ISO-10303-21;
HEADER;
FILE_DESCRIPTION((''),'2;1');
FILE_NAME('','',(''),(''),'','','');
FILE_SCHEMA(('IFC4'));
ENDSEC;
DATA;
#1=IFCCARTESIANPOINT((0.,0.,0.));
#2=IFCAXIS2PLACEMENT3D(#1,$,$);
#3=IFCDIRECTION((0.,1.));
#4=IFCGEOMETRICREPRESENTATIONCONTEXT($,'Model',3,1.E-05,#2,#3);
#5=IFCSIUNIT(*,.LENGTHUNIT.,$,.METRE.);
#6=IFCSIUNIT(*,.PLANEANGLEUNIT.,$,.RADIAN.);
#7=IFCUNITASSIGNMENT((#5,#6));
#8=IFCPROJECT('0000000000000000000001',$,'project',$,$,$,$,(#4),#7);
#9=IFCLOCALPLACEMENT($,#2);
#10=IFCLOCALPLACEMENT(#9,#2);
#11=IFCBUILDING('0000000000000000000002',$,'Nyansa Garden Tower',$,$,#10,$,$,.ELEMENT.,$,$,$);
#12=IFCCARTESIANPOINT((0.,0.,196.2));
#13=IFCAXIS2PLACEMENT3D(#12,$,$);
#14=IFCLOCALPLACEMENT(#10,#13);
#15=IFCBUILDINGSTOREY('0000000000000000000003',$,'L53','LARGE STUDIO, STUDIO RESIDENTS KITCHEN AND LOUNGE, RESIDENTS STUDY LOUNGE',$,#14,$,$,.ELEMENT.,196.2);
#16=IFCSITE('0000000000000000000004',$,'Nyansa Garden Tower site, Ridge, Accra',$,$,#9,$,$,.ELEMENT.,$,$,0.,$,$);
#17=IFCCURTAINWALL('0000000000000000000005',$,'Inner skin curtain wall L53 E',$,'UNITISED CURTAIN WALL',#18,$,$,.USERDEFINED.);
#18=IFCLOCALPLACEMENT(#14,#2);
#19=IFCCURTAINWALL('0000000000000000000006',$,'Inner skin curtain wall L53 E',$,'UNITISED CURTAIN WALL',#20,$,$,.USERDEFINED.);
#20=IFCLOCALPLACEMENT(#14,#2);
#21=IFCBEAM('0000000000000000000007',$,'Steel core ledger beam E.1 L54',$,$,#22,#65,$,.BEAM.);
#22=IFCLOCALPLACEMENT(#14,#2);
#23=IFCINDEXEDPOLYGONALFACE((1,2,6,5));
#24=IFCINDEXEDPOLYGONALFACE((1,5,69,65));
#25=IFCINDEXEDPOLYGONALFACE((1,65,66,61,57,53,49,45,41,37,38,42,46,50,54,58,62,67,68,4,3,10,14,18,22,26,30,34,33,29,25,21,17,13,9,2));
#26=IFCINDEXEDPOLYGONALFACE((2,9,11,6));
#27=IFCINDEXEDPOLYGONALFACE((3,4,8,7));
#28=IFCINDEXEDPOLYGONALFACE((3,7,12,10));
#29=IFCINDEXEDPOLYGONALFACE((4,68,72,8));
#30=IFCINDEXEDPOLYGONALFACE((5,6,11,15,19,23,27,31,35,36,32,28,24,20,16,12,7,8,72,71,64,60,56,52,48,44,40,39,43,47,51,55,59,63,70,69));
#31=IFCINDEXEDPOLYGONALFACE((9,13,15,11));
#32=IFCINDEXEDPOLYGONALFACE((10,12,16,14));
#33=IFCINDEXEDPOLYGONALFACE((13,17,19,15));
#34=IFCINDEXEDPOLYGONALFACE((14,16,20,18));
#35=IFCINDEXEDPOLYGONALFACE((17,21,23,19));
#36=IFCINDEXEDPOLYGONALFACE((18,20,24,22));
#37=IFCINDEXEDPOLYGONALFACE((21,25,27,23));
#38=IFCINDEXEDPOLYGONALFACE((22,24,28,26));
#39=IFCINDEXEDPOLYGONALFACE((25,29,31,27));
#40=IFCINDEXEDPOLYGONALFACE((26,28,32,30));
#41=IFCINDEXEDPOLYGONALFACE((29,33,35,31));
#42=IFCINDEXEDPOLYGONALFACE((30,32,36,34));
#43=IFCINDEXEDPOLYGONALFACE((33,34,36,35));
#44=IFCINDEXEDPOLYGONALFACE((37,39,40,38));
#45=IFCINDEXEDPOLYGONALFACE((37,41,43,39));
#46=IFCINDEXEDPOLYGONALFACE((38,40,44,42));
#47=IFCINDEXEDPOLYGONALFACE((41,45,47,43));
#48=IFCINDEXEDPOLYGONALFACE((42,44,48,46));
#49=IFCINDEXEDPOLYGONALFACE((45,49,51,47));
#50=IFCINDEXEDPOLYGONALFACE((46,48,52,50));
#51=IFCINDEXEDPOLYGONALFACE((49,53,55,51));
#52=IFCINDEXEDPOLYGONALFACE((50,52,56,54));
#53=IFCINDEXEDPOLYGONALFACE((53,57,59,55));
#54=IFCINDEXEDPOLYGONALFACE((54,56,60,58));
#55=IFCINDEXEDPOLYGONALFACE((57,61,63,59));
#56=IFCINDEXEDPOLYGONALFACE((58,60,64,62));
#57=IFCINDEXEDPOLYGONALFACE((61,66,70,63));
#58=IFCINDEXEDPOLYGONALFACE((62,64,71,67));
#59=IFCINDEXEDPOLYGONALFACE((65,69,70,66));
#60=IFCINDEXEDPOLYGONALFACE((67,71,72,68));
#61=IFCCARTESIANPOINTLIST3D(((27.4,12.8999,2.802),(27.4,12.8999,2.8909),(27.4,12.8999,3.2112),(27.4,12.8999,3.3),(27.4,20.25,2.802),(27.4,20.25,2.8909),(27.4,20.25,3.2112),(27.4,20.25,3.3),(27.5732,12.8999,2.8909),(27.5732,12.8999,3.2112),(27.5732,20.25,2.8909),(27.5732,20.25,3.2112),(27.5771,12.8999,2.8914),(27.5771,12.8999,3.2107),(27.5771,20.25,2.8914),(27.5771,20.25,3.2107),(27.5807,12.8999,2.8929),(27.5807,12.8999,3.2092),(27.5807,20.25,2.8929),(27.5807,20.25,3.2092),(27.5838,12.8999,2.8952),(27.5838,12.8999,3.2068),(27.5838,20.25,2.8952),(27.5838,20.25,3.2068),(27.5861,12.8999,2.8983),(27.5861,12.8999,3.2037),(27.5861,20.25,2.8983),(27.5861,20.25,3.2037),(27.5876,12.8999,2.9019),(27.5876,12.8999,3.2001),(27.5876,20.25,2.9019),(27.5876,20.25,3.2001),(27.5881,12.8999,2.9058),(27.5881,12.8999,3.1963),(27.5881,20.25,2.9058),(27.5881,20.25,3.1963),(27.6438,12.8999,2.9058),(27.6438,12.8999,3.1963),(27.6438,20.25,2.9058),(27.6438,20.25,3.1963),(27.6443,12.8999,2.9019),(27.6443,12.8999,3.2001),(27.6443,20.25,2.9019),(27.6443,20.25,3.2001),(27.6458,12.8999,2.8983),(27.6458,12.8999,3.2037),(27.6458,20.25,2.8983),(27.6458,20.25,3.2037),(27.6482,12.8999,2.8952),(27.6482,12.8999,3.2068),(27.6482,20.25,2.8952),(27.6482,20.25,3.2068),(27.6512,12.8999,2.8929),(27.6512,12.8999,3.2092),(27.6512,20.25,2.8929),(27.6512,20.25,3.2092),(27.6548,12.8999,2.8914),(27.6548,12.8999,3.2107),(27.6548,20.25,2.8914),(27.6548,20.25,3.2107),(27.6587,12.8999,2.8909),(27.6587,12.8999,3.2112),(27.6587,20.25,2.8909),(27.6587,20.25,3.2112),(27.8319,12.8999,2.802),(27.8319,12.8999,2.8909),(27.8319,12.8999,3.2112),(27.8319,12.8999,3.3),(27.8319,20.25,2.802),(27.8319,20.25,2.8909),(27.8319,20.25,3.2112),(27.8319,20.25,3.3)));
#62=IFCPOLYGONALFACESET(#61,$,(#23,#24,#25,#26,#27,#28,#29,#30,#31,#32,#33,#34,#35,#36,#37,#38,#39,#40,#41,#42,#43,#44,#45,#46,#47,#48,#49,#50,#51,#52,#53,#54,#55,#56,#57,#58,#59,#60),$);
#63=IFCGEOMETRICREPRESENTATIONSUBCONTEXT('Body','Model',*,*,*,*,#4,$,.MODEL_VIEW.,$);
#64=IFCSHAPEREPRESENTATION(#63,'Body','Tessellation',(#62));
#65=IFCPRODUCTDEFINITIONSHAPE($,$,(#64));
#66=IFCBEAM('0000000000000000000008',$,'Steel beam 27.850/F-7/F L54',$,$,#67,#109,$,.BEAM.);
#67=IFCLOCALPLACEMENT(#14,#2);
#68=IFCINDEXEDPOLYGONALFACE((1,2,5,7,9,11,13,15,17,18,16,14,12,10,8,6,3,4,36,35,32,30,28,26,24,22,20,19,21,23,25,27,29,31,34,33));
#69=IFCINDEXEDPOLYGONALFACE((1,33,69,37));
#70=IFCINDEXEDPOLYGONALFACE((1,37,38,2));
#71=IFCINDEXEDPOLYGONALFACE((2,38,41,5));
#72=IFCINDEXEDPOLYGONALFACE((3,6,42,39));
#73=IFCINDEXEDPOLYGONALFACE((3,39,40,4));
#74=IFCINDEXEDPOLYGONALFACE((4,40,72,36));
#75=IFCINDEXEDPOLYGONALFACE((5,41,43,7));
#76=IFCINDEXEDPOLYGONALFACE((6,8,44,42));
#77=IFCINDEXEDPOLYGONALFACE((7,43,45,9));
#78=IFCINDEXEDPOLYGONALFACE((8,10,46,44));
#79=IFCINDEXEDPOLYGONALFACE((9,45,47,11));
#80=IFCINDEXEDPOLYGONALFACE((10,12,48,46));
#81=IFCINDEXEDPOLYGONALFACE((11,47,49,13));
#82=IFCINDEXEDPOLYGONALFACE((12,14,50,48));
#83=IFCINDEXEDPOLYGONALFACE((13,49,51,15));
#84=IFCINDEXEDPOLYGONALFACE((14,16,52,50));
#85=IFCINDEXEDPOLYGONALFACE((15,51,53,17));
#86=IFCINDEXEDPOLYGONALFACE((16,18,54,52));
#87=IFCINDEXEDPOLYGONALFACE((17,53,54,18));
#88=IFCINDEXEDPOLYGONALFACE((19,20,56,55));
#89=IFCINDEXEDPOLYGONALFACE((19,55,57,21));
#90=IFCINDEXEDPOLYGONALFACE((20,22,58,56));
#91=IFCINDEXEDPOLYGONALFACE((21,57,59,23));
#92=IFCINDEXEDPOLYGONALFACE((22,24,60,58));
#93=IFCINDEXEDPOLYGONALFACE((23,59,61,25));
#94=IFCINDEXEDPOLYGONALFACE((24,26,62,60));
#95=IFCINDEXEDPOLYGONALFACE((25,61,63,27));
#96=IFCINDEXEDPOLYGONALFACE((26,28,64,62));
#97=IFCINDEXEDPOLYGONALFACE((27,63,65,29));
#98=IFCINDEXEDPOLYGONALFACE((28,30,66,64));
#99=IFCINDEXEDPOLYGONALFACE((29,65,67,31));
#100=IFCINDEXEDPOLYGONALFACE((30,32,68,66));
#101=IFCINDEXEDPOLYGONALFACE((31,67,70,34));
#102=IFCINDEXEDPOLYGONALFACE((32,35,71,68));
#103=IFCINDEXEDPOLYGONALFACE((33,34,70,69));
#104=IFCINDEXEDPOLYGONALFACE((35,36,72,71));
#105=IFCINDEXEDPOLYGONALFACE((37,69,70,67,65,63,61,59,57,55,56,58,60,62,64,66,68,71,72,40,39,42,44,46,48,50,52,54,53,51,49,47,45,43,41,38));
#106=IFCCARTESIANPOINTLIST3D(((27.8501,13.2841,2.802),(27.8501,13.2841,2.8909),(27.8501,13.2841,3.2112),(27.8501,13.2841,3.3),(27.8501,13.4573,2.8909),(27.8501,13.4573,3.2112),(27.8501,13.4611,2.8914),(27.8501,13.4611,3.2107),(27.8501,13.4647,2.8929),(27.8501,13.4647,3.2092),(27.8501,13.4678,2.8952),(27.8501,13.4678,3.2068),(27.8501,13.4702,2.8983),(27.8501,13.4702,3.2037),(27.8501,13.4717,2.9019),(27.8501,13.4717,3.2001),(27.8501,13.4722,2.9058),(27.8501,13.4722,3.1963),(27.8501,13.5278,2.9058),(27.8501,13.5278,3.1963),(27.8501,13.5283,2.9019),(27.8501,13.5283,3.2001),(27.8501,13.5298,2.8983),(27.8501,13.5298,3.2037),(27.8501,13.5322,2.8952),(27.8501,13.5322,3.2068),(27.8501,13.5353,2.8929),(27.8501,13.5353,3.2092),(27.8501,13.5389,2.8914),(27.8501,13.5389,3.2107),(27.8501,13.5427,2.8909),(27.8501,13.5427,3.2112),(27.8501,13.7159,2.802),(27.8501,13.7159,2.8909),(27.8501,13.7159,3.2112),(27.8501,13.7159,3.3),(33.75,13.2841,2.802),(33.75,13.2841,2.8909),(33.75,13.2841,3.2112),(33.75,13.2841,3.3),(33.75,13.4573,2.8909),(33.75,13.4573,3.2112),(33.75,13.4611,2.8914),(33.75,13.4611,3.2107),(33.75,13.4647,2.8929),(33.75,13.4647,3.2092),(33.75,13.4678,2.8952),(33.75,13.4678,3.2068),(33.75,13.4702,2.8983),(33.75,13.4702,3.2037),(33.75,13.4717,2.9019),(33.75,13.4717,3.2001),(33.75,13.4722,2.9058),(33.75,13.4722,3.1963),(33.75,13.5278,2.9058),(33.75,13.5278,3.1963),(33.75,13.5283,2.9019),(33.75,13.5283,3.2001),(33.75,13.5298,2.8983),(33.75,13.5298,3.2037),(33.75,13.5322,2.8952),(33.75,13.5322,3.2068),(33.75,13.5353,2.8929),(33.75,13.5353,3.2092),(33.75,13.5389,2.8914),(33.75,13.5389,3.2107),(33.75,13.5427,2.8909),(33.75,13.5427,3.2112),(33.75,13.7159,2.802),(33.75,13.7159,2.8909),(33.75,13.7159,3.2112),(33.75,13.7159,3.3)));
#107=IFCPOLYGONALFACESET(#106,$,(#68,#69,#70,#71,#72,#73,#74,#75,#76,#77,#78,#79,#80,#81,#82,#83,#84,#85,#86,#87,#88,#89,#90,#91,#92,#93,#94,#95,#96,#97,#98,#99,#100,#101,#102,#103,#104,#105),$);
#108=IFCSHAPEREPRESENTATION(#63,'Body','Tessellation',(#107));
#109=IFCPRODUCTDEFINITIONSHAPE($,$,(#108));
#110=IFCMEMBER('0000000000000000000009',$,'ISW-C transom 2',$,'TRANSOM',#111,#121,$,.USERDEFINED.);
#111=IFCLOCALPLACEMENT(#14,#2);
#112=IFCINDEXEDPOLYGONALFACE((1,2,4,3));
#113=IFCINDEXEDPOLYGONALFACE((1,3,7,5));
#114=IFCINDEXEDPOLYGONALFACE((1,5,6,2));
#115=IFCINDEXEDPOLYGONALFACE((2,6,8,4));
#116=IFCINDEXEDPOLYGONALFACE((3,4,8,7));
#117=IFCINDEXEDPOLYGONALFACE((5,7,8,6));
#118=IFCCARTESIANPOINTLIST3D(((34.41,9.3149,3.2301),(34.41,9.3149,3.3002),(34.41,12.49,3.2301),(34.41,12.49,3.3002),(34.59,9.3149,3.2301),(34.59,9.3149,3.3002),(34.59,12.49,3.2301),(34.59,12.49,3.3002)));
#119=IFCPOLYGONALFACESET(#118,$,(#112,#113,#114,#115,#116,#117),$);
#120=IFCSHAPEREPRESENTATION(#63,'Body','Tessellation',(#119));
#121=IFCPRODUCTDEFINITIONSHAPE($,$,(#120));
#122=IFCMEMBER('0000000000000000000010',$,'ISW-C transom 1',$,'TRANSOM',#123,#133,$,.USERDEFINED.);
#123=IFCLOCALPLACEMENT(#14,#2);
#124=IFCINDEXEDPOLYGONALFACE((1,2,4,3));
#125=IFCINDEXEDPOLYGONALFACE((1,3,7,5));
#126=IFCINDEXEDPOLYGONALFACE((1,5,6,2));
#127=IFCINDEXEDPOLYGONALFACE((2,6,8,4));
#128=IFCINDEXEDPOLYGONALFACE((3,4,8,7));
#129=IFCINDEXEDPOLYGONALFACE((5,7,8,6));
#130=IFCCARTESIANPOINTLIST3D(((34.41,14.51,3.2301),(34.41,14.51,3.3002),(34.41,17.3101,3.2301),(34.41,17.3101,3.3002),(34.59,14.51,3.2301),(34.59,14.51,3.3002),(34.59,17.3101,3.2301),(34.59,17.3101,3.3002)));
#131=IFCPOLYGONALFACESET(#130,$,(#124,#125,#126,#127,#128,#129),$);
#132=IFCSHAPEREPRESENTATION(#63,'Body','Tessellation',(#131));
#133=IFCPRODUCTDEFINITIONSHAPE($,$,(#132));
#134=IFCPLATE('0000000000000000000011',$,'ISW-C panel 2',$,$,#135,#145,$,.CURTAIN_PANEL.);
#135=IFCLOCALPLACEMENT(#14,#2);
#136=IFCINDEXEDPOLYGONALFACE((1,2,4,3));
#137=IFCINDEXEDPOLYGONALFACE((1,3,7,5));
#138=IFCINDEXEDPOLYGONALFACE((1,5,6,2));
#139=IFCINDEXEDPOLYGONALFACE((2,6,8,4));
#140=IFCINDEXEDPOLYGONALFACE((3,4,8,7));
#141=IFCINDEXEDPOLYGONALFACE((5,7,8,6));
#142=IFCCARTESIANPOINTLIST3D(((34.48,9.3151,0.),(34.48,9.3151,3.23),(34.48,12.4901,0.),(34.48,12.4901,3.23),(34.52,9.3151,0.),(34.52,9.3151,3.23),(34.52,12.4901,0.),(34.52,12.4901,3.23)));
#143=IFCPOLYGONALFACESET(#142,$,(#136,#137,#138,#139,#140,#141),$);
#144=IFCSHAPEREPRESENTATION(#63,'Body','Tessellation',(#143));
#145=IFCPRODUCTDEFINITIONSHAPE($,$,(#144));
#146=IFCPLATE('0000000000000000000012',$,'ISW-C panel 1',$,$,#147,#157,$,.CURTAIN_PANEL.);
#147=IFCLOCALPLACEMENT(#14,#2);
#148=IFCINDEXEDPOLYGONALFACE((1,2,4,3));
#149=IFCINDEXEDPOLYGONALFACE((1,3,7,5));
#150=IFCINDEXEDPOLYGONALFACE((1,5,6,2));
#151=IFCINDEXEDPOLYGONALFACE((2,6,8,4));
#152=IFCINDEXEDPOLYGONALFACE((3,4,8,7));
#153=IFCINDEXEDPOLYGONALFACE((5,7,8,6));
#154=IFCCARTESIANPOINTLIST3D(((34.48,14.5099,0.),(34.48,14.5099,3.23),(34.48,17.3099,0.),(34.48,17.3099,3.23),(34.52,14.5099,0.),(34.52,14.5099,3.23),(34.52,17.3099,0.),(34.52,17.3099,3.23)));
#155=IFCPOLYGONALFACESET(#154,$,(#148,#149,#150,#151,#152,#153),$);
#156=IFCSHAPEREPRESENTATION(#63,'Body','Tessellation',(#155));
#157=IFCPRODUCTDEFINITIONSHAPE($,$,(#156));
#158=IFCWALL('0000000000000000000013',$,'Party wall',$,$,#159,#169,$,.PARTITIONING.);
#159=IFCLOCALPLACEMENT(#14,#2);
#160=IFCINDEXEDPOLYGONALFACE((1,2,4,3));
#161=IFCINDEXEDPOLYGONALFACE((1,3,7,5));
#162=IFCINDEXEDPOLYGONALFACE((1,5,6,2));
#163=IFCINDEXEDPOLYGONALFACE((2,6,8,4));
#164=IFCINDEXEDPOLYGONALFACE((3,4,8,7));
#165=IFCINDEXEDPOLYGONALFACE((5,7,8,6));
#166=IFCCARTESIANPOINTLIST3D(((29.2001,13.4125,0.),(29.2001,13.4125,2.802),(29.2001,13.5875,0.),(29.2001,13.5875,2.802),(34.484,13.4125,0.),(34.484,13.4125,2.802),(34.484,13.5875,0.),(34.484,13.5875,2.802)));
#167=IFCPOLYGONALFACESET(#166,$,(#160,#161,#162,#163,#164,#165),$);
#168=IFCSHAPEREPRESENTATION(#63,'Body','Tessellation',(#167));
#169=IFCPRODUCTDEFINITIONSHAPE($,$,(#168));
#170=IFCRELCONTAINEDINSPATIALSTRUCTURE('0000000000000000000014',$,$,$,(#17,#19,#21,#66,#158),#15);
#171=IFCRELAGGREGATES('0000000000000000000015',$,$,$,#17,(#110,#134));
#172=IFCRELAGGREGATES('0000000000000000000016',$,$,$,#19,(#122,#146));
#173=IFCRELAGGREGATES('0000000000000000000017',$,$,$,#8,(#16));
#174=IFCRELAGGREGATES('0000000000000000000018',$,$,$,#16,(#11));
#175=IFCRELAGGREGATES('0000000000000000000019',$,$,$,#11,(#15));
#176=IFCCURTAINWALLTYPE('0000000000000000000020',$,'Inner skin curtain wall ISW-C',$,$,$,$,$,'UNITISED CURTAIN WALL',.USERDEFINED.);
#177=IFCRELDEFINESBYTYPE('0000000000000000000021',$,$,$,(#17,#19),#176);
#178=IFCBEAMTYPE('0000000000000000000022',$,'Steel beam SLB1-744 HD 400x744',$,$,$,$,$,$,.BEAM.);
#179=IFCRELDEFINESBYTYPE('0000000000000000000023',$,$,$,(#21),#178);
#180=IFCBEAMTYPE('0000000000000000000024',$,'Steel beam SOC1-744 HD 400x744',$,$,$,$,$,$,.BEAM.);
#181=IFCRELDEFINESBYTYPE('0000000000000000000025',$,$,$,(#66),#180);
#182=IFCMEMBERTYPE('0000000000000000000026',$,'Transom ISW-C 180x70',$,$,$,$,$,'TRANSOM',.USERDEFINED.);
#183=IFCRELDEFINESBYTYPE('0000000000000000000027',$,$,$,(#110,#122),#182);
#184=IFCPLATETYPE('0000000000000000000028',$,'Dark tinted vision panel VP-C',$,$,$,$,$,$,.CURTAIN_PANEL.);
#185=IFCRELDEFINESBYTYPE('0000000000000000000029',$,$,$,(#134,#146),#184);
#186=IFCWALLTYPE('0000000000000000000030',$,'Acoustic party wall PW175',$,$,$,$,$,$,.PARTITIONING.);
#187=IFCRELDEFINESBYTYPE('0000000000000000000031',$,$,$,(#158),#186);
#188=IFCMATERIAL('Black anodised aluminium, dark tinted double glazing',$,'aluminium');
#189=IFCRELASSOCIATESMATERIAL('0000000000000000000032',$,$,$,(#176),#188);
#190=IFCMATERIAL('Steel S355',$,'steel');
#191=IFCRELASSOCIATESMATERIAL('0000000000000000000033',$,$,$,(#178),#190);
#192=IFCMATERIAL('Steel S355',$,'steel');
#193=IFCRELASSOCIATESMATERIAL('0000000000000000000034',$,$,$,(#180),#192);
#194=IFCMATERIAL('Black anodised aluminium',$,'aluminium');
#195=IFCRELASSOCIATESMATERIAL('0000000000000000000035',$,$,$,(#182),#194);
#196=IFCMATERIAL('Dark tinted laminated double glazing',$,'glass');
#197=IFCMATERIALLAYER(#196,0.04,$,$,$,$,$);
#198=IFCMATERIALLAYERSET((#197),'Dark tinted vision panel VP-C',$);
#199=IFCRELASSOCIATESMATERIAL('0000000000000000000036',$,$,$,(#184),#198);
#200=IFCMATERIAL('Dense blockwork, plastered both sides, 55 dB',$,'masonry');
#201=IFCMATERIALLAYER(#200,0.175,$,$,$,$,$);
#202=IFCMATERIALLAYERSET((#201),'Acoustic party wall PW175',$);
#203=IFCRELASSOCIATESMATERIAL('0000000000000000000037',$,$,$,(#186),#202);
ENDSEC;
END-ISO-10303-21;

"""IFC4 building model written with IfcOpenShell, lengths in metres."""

from ifc_helpers import new_model, si_unit, direction, frame, frame_2d, origin, origin_2d, place, context, subcontext, project, spatial, rectangle, i_section, extrude, material, layer, layer_set, material_profile, profile_set, type_object, element, aggregate, save


model = new_model("IFC4")

# Units and contexts
model_context = context("Model", 3, precision=1e-05, world=origin(), true_north=direction((0.0, 1.0)))
body_context = subcontext(model_context, "Body", "Model", "MODEL_VIEW")
ifc_project = project(units=[si_unit("LENGTHUNIT", "METRE"), si_unit("PLANEANGLEUNIT", "RADIAN")], contexts=[model_context])

# Site, building, storey
site_placement = place(None, origin())
site = spatial("IfcSite", under=ifc_project, at=site_placement, Name="Nyansa Garden Tower site, Ridge, Accra", CompositionType="ELEMENT", RefElevation=0.0)
building_placement = place(site_placement, origin())
building = spatial("IfcBuilding", under=site, at=building_placement, Name="Nyansa Garden Tower", CompositionType="ELEMENT")
storey_placement = place(building_placement, frame((0.0, 0.0, 196.2)))
storey = spatial("IfcBuildingStorey", under=building, at=storey_placement, Name="L53", Description="LARGE STUDIO, STUDIO RESIDENTS KITCHEN AND LOUNGE, RESIDENTS STUDY LOUNGE", CompositionType="ELEMENT", Elevation=196.2)

# Curtain wall
ifc_material_1 = material(Name="Black anodised aluminium, dark tinted double glazing", Category="aluminium")
curtain_wall_type = type_object("IfcCurtainWallType", Name="Inner skin curtain wall ISW-C", ElementType="UNITISED CURTAIN WALL", PredefinedType="USERDEFINED", material=ifc_material_1)
curtain_wall_1_placement = place(storey_placement, origin())
curtain_wall_1 = element("IfcCurtainWall", 1, at=curtain_wall_1_placement, inside=storey, type_object=curtain_wall_type, Name="Inner skin curtain wall L53 E", ObjectType="UNITISED CURTAIN WALL", PredefinedType="USERDEFINED")

# Curtain wall
curtain_wall_2_placement = place(storey_placement, origin())
curtain_wall_2 = element("IfcCurtainWall", 2, at=curtain_wall_2_placement, inside=storey, type_object=curtain_wall_type, Name="Inner skin curtain wall L53 E", ObjectType="UNITISED CURTAIN WALL", PredefinedType="USERDEFINED")

# Beams
ifc_material_2 = material(Name="Steel S355", Category="steel")
ifc_material_profile_1 = material_profile(ifc_material_2, i_section(OverallWidth=0.4319, OverallDepth=0.498, WebThickness=0.0557, FlangeThickness=0.0889, FilletRadius=0.0149, at=origin_2d()), Name="HD 400x744")
ifc_profile_set_1 = profile_set([ifc_material_profile_1], Name="Steel S355")
beam_type_1 = type_object("IfcBeamType", Name="Steel beam SLB1-744 HD 400x744", PredefinedType="BEAM", material=ifc_profile_set_1)
beam_1_placement = place(storey_placement, frame((27.616, 12.8999, 3.051), z_axis=(0.0, 1.0, 0.0), x_axis=(-1.0, 0.0, 0.0)))
element("IfcBeam", 3, at=beam_1_placement, inside=storey, type_object=beam_type_1, Name="Steel core ledger beam E.1 L54", PredefinedType="BEAM", context=body_context, shape_type="SweptSolid", body=[
    extrude(i_section(OverallWidth=0.4319, OverallDepth=0.498, WebThickness=0.0557, FlangeThickness=0.0889, FilletRadius=0.0149, at=origin_2d()), origin(), (0.0, 0.0, 1.0), 7.3501),
])
ifc_material_3 = material(Name="Steel S355", Category="steel")
ifc_material_profile_2 = material_profile(ifc_material_3, i_section(OverallWidth=0.4319, OverallDepth=0.498, WebThickness=0.0557, FlangeThickness=0.0889, FilletRadius=0.0149, at=origin_2d()), Name="HD 400x744")
ifc_profile_set_2 = profile_set([ifc_material_profile_2], Name="Steel S355")
beam_type_2 = type_object("IfcBeamType", Name="Steel beam SOC1-744 HD 400x744", PredefinedType="BEAM", material=ifc_profile_set_2)
beam_2_placement = place(storey_placement, frame((27.8501, 13.5, 3.051), z_axis=(1.0, 0.0, 0.0), x_axis=(0.0, 1.0, 0.0)))
element("IfcBeam", 4, at=beam_2_placement, inside=storey, type_object=beam_type_2, Name="Steel beam 27.850/F-7/F L54", PredefinedType="BEAM", context=body_context, shape_type="SweptSolid", body=[
    extrude(i_section(OverallWidth=0.4319, OverallDepth=0.498, WebThickness=0.0557, FlangeThickness=0.0889, FilletRadius=0.0149, at=origin_2d()), origin(), (0.0, 0.0, 1.0), 5.8999),
])

# Members
ifc_material_4 = material(Name="Black anodised aluminium", Category="aluminium")
ifc_material_profile_3 = material_profile(ifc_material_4, rectangle(XDim=0.1799, YDim=0.0701, at=origin_2d()), Name="Transom 180x70")
ifc_profile_set_3 = profile_set([ifc_material_profile_3], Name="Black anodised aluminium")
member_type_1 = type_object("IfcMemberType", Name="Transom ISW-C 180x70", ElementType="TRANSOM", PredefinedType="USERDEFINED", material=ifc_profile_set_3)
member_1_placement = place(storey_placement, frame((34.5, 9.3149, 3.2651), z_axis=(0.0, 1.0, 0.0), x_axis=(-1.0, 0.0, 0.0)))
member_1 = element("IfcMember", 5, at=member_1_placement, type_object=member_type_1, Name="ISW-C transom 2", ObjectType="TRANSOM", PredefinedType="USERDEFINED", context=body_context, shape_type="SweptSolid", body=[
    extrude(rectangle(XDim=0.1799, YDim=0.0701, at=origin_2d()), origin(), (0.0, 0.0, 1.0), 3.175),
])
member_2_placement = place(storey_placement, frame((34.5, 14.51, 3.2651), z_axis=(0.0, 1.0, 0.0), x_axis=(-1.0, 0.0, 0.0)))
member_2 = element("IfcMember", 6, at=member_2_placement, type_object=member_type_1, Name="ISW-C transom 1", ObjectType="TRANSOM", PredefinedType="USERDEFINED", context=body_context, shape_type="SweptSolid", body=[
    extrude(rectangle(XDim=0.1799, YDim=0.0701, at=origin_2d()), origin(), (0.0, 0.0, 1.0), 2.8),
])

# Plates
ifc_material_5 = material(Name="Dark tinted laminated double glazing", Category="glass")
ifc_layer_1 = layer(ifc_material_5, 0.04)
ifc_layer_set_1 = layer_set([ifc_layer_1], Name="Dark tinted vision panel VP-C")
plate_type = type_object("IfcPlateType", Name="Dark tinted vision panel VP-C", PredefinedType="CURTAIN_PANEL", material=ifc_layer_set_1)
plate_1_placement = place(storey_placement, frame((34.5, 10.9026, 0.0), z_axis=(0.0, 0.0, 1.0), x_axis=(0.0, 1.0, 0.0)))
plate_1 = element("IfcPlate", 7, at=plate_1_placement, type_object=plate_type, Name="ISW-C panel 2", PredefinedType="CURTAIN_PANEL", context=body_context, shape_type="SweptSolid", body=[
    extrude(rectangle(XDim=3.175, YDim=0.04, at=origin_2d()), origin(), (0.0, 0.0, 1.0), 3.23),
])
aggregate(curtain_wall_1, [member_1, plate_1])
plate_2_placement = place(storey_placement, frame((34.5, 15.9099, 0.0), z_axis=(0.0, 0.0, 1.0), x_axis=(0.0, 1.0, 0.0)))
plate_2 = element("IfcPlate", 8, at=plate_2_placement, type_object=plate_type, Name="ISW-C panel 1", PredefinedType="CURTAIN_PANEL", context=body_context, shape_type="SweptSolid", body=[
    extrude(rectangle(XDim=2.8, YDim=0.04, at=origin_2d()), origin(), (0.0, 0.0, 1.0), 3.23),
])
aggregate(curtain_wall_2, [member_2, plate_2])

# Wall
ifc_material_6 = material(Name="Dense blockwork, plastered both sides, 55 dB", Category="masonry")
ifc_layer_2 = layer(ifc_material_6, 0.175)
ifc_layer_set_2 = layer_set([ifc_layer_2], Name="Acoustic party wall PW175")
wall_type_1 = type_object("IfcWallType", Name="Acoustic party wall PW175", PredefinedType="PARTITIONING", material=ifc_layer_set_2)
wall_1_placement = place(storey_placement, frame((29.2, 13.5, 0.0), z_axis=(0.0, 0.0, 1.0), x_axis=(1.0, 0.0, 0.0)))
element("IfcWall", 9, at=wall_1_placement, inside=storey, type_object=wall_type_1, Name="Party wall", PredefinedType="PARTITIONING", context=body_context, shape_type="SweptSolid", body=[
    extrude(rectangle(XDim=5.2839, YDim=0.175, at=frame_2d((2.6421, 0.0))), origin(), (0.0, 0.0, 1.0), 2.802),
])

save(model, "model.ifc")
